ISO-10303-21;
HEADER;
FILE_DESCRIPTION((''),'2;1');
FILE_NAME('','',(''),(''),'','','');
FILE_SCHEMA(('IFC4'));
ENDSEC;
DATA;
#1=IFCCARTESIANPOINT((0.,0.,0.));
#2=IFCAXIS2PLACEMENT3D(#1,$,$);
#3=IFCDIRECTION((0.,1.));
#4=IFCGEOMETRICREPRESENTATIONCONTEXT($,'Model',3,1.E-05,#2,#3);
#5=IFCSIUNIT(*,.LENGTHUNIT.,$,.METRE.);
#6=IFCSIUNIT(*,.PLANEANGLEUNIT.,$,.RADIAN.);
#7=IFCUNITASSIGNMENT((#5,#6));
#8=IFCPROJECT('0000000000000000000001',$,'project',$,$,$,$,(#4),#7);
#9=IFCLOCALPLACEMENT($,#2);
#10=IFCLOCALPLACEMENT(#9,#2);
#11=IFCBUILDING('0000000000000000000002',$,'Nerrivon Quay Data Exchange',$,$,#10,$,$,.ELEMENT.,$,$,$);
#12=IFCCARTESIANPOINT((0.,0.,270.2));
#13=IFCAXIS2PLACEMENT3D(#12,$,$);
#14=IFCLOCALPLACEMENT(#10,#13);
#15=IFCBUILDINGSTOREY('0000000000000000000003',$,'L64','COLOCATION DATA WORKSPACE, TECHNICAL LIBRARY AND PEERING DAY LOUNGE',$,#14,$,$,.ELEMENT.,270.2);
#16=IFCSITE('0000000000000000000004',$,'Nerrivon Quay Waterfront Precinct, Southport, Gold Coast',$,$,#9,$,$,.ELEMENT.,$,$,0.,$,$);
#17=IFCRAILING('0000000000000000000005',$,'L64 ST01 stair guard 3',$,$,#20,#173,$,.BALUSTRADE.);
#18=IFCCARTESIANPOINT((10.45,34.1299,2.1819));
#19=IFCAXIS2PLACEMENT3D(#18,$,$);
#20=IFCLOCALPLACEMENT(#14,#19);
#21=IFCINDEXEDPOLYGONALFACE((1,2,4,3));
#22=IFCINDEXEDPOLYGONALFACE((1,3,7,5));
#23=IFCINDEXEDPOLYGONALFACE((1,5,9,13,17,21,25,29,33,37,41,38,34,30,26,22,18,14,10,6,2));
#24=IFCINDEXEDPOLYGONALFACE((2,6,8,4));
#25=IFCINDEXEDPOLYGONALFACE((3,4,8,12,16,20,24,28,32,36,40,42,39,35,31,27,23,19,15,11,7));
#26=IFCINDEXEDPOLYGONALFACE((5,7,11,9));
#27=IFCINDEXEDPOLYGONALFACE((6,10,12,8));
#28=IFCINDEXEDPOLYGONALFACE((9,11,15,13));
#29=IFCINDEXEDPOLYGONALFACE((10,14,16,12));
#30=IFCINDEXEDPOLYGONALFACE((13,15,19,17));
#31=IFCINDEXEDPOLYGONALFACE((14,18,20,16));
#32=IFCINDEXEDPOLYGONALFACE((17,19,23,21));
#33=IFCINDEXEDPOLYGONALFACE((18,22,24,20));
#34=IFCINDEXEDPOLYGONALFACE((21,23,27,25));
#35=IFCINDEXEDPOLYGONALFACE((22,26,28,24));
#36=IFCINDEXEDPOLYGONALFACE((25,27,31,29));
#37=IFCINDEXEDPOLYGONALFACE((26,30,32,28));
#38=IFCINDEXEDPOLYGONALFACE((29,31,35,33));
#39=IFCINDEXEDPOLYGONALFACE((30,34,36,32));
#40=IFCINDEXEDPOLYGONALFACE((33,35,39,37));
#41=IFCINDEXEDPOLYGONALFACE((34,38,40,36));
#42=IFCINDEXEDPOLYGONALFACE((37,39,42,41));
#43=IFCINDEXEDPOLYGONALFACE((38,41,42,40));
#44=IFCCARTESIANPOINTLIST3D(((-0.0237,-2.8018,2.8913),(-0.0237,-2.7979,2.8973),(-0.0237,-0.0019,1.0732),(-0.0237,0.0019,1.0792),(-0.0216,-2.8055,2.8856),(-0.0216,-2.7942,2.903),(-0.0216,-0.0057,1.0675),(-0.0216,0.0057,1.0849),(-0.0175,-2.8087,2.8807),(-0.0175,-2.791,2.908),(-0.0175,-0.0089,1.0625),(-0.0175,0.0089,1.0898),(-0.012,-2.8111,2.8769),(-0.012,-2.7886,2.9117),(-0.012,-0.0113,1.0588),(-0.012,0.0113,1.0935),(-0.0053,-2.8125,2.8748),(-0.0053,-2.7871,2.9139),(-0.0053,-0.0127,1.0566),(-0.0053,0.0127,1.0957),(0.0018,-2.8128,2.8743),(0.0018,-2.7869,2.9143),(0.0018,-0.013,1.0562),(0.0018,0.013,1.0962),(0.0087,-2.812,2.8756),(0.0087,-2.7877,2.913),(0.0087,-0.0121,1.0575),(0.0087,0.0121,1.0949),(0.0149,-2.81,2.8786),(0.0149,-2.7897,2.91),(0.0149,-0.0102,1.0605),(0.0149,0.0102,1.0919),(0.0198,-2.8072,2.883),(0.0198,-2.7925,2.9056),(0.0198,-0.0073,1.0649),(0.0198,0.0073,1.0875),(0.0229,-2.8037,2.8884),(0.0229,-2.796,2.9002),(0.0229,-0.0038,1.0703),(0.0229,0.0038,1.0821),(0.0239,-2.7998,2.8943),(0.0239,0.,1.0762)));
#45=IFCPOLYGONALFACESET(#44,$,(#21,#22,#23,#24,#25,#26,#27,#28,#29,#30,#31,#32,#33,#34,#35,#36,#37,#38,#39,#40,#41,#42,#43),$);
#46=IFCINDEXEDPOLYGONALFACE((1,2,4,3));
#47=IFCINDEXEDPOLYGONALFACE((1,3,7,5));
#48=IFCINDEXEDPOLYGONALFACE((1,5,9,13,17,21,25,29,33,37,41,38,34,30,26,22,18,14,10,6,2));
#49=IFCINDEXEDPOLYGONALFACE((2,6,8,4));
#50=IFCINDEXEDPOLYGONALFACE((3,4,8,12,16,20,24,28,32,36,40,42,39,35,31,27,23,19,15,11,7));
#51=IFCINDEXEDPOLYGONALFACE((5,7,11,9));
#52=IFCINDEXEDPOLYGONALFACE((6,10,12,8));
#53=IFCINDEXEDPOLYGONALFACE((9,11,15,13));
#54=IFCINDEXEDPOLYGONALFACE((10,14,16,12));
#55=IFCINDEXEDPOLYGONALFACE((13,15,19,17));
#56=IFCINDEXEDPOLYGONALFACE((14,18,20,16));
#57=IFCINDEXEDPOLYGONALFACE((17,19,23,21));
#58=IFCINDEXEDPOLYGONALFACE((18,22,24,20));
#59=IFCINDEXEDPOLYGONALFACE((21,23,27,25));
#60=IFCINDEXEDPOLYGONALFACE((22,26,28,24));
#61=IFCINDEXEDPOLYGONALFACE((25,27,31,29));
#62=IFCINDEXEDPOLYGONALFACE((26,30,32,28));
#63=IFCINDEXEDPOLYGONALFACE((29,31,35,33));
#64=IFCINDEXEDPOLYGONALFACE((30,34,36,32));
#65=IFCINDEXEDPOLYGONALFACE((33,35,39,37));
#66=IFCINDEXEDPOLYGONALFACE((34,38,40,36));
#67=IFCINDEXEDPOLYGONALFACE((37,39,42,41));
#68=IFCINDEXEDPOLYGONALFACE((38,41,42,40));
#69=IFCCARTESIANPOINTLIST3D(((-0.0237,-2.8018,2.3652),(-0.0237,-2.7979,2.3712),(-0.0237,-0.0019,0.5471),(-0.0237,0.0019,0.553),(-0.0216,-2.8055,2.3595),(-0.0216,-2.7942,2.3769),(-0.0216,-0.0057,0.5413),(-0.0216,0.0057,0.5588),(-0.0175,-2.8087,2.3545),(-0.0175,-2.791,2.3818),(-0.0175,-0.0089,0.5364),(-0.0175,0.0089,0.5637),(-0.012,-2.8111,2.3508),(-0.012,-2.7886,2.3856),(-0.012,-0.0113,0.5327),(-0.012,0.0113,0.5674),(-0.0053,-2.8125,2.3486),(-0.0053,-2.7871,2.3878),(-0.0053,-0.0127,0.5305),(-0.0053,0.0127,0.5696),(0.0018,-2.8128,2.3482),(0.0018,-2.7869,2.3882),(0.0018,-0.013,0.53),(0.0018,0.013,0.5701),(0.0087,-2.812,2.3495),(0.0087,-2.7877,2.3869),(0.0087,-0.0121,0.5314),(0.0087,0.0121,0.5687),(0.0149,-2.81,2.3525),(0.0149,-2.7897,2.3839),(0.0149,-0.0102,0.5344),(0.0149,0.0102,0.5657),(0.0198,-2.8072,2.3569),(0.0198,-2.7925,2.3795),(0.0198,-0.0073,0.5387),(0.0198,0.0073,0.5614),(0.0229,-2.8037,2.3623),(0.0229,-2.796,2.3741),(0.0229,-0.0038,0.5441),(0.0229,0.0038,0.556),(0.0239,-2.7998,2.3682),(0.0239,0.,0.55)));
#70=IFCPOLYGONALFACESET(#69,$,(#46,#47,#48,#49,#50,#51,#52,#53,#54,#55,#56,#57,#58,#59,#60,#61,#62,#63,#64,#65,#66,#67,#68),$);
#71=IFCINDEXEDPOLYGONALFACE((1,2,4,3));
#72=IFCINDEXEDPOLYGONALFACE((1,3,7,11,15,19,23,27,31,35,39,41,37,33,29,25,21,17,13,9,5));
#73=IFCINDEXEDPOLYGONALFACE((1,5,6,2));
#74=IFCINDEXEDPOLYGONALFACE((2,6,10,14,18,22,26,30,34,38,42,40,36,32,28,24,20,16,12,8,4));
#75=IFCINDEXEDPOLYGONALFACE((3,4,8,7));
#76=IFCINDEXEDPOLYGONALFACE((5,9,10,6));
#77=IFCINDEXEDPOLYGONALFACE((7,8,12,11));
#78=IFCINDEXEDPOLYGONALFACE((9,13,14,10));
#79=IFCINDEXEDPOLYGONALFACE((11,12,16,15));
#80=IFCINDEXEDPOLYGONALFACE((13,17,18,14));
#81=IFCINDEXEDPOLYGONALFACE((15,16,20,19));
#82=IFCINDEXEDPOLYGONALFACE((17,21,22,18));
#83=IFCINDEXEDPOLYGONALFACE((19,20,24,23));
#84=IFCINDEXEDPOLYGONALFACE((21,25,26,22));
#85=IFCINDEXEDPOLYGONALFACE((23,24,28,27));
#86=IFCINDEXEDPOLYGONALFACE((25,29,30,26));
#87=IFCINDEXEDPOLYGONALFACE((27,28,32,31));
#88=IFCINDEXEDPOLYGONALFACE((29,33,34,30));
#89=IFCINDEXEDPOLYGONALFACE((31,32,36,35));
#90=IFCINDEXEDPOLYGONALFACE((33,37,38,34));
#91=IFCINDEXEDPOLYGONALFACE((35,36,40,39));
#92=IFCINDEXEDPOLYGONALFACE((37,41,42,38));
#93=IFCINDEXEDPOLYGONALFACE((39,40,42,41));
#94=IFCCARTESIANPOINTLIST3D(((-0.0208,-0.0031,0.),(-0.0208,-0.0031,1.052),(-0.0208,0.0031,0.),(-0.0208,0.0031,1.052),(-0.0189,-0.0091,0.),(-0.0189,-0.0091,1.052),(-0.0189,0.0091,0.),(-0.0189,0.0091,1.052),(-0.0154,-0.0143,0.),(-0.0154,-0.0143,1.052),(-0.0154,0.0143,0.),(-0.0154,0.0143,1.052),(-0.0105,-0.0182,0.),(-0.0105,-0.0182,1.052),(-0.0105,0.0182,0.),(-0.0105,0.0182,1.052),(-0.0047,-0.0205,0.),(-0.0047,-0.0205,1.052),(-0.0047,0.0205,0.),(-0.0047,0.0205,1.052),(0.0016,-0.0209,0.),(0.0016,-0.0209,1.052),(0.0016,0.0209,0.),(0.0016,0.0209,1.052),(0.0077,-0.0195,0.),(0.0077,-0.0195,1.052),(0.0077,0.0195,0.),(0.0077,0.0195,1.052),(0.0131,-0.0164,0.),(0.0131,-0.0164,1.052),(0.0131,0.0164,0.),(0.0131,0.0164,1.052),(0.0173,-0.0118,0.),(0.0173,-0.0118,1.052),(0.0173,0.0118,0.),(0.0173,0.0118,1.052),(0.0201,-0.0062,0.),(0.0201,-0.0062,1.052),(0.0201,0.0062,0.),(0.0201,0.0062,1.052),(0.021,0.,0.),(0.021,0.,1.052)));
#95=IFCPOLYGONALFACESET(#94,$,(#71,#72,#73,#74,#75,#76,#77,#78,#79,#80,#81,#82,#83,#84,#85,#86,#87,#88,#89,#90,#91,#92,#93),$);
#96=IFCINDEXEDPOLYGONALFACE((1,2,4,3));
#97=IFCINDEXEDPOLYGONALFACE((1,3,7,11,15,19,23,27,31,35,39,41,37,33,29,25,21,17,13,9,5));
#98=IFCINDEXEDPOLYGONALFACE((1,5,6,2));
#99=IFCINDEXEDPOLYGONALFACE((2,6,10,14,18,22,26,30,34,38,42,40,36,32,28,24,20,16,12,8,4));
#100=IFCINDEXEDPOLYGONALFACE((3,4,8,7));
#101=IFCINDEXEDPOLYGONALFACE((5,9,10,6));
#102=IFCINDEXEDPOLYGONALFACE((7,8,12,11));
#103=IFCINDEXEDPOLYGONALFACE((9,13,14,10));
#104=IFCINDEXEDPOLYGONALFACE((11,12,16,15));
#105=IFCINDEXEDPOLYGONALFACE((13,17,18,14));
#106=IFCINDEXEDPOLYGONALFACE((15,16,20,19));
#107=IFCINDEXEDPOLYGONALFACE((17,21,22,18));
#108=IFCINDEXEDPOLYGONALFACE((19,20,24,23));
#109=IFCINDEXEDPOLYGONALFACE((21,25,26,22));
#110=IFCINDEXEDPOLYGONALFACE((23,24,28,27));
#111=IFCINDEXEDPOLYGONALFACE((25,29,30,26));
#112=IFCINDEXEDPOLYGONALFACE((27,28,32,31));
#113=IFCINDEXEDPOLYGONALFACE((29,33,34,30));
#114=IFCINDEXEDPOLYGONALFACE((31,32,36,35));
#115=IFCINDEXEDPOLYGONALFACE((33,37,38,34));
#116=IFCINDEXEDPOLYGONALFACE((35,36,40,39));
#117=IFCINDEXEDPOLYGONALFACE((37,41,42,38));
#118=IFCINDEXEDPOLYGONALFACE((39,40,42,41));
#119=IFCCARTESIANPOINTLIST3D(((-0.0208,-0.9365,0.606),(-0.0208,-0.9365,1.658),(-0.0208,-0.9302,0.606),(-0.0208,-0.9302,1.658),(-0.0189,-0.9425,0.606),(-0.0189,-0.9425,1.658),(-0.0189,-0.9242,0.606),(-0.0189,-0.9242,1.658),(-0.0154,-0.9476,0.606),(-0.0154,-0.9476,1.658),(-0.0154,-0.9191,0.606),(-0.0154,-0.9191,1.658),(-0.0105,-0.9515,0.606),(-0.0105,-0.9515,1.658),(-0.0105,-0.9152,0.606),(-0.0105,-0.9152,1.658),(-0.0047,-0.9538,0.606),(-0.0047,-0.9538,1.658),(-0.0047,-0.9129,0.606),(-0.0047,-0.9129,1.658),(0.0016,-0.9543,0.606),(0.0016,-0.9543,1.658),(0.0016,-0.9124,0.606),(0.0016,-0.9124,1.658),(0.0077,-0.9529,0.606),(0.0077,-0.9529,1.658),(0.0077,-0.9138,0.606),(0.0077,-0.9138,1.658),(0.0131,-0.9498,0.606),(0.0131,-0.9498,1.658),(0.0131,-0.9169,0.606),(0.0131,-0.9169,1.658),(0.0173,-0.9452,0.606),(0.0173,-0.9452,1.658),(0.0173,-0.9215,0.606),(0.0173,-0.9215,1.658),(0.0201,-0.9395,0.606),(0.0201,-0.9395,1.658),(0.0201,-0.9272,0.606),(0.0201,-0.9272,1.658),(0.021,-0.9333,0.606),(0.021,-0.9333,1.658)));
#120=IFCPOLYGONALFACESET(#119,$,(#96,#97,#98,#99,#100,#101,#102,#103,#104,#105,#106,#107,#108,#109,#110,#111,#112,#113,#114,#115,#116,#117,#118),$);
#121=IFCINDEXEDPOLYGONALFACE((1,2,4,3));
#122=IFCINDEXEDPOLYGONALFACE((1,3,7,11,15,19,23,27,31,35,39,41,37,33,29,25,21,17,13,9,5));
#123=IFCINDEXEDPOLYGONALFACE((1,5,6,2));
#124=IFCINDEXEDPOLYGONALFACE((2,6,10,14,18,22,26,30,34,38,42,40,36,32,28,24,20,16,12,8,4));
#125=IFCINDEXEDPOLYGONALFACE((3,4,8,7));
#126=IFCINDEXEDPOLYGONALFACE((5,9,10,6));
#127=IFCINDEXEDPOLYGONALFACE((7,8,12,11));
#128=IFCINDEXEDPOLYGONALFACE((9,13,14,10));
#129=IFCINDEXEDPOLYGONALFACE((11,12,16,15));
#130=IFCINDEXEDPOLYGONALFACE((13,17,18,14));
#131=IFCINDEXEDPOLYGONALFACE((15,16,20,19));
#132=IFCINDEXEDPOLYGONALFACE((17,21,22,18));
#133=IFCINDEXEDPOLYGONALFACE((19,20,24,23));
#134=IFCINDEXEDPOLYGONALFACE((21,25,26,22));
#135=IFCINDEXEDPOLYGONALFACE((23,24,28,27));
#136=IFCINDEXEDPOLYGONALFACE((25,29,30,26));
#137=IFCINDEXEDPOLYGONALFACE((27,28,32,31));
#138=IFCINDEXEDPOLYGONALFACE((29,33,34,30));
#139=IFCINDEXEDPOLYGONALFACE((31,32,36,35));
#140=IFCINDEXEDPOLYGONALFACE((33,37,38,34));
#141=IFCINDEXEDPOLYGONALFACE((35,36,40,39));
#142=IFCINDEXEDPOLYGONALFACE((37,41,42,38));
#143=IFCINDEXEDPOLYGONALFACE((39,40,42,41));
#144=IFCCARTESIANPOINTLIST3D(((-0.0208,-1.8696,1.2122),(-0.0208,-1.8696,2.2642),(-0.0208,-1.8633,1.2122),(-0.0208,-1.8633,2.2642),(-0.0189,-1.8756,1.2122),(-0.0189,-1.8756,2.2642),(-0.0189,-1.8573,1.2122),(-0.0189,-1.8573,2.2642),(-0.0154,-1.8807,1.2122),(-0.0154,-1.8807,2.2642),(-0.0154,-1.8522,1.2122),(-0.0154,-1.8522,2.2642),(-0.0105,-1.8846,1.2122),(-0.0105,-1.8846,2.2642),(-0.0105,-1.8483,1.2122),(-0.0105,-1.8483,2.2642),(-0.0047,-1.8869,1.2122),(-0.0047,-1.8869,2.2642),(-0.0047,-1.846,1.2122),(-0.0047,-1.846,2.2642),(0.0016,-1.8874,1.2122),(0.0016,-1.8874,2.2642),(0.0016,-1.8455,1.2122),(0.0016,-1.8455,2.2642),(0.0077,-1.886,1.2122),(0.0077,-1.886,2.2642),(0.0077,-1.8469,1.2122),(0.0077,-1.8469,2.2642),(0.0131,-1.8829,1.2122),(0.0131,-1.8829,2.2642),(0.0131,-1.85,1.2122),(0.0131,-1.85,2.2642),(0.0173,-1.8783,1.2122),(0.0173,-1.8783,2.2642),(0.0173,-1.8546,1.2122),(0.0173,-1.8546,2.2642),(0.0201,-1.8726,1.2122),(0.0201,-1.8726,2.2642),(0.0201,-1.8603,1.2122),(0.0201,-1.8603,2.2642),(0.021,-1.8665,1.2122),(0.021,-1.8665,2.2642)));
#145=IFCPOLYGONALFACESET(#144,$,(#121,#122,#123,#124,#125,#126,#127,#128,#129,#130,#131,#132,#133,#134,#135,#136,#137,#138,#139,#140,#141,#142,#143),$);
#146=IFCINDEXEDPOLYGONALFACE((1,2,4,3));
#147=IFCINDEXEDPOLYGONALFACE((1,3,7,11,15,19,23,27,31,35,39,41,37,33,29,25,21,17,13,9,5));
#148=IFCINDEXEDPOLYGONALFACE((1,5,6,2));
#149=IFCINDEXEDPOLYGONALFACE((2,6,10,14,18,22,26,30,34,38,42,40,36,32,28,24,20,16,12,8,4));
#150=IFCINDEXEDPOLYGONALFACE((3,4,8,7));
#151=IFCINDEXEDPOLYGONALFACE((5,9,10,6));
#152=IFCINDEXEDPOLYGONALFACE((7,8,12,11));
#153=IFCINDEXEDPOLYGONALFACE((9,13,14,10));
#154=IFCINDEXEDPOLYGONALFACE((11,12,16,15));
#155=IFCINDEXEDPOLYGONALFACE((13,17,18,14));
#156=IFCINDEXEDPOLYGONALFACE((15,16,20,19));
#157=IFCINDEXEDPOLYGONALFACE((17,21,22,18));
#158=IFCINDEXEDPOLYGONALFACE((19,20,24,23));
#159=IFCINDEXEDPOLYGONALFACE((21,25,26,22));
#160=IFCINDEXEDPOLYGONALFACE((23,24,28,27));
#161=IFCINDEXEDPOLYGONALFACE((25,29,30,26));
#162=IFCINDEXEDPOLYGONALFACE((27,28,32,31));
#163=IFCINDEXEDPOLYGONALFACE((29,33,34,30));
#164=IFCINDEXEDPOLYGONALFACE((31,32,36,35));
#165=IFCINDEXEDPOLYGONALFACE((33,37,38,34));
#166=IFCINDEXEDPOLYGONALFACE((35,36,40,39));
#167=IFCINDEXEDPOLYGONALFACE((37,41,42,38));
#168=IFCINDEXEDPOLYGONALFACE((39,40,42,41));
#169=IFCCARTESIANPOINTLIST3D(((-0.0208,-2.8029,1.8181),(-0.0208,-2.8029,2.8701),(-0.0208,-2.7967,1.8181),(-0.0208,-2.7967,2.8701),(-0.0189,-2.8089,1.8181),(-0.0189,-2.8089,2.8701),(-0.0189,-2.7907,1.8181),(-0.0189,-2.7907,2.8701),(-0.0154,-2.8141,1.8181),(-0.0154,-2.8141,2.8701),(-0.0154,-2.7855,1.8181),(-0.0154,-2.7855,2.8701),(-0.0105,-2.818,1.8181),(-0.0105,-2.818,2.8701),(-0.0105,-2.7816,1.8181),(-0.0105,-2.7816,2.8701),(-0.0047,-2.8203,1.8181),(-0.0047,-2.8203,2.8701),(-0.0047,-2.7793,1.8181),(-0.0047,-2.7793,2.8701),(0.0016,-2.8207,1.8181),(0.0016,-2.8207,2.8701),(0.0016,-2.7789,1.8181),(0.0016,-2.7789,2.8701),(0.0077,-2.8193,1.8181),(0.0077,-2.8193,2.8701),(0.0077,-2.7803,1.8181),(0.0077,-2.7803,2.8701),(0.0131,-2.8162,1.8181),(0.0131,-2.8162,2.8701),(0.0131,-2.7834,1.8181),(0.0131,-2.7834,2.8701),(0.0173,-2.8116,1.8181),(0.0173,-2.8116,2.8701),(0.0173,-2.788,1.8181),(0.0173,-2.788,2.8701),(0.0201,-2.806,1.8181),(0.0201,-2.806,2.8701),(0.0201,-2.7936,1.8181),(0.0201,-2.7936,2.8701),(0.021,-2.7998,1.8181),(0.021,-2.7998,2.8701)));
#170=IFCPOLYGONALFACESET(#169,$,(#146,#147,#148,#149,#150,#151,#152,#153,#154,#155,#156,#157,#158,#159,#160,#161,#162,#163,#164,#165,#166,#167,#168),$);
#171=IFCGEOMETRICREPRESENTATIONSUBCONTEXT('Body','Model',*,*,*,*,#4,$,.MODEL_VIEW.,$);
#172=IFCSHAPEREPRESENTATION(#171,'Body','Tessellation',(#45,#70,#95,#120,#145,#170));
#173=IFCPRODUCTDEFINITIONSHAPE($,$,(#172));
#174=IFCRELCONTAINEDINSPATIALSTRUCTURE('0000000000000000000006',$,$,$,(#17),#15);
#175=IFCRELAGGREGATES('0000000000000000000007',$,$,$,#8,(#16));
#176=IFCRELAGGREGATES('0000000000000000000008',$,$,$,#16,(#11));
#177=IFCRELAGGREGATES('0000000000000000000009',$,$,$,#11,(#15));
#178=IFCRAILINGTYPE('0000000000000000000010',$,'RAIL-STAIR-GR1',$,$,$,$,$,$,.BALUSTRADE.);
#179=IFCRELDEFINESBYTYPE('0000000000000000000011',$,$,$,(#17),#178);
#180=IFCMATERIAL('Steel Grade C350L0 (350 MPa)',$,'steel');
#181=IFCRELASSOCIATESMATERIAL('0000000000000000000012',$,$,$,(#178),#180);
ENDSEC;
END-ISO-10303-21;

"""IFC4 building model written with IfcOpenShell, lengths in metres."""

from ifc_helpers import new_model, si_unit, direction, frame, origin, origin_2d, place, context, subcontext, project, spatial, circle, extrude, material, type_object, element, save


model = new_model("IFC4")

# Units and contexts
model_context = context("Model", 3, precision=1e-05, world=origin(), true_north=direction((0.0, 1.0)))
body_context = subcontext(model_context, "Body", "Model", "MODEL_VIEW")
ifc_project = project(units=[si_unit("LENGTHUNIT", "METRE"), si_unit("PLANEANGLEUNIT", "RADIAN")], contexts=[model_context])

# Site, building, storey
site_placement = place(None, origin())
site = spatial("IfcSite", under=ifc_project, at=site_placement, Name="Nerrivon Quay Waterfront Precinct, Southport, Gold Coast", CompositionType="ELEMENT", RefElevation=0.0)
building_placement = place(site_placement, origin())
building = spatial("IfcBuilding", under=site, at=building_placement, Name="Nerrivon Quay Data Exchange", CompositionType="ELEMENT")
storey_placement = place(building_placement, frame((0.0, 0.0, 270.2)))
storey = spatial("IfcBuildingStorey", under=building, at=storey_placement, Name="L64", Description="COLOCATION DATA WORKSPACE, TECHNICAL LIBRARY AND PEERING DAY LOUNGE", CompositionType="ELEMENT", Elevation=270.2)

# Shared definitions
ifc_material_1 = material(Name="Steel Grade C350L0 (350 MPa)", Category="steel")

# Railing
railing_type_1 = type_object("IfcRailingType", Name="RAIL-STAIR-GR1", PredefinedType="BALUSTRADE", material=ifc_material_1)
railing_1_placement = place(storey_placement, frame((10.45, 34.1299, 2.1819)))
element("IfcRailing", 1, at=railing_1_placement, inside=storey, type_object=railing_type_1, Name="L64 ST01 stair guard 3", PredefinedType="BALUSTRADE", context=body_context, shape_type="SweptSolid", body=[
    extrude(circle(Radius=0.0239, at=origin_2d()), frame((0.0, 0.0, 1.0762), z_axis=(0.0, -0.838684, 0.544618), x_axis=(1.0, 0.0, 0.0)), (0.0, 0.0, 1.0), 3.3384),
    extrude(circle(Radius=0.0239, at=origin_2d()), frame((0.0, 0.0, 0.55), z_axis=(0.0, -0.838684, 0.544618), x_axis=(1.0, 0.0, 0.0)), (0.0, 0.0, 1.0), 3.3384),
    extrude(circle(Radius=0.021, at=origin_2d()), origin(), (0.0, 0.0, 1.0), 1.052),
    extrude(circle(Radius=0.021, at=origin_2d()), frame((0.0, -0.9333, 0.606)), (0.0, 0.0, 1.0), 1.052),
    extrude(circle(Radius=0.021, at=origin_2d()), frame((0.0, -1.8665, 1.2122)), (0.0, 0.0, 1.0), 1.052),
    extrude(circle(Radius=0.021, at=origin_2d()), frame((0.0, -2.7998, 1.8181)), (0.0, 0.0, 1.0), 1.052),
])

save(model, "model.ifc")
